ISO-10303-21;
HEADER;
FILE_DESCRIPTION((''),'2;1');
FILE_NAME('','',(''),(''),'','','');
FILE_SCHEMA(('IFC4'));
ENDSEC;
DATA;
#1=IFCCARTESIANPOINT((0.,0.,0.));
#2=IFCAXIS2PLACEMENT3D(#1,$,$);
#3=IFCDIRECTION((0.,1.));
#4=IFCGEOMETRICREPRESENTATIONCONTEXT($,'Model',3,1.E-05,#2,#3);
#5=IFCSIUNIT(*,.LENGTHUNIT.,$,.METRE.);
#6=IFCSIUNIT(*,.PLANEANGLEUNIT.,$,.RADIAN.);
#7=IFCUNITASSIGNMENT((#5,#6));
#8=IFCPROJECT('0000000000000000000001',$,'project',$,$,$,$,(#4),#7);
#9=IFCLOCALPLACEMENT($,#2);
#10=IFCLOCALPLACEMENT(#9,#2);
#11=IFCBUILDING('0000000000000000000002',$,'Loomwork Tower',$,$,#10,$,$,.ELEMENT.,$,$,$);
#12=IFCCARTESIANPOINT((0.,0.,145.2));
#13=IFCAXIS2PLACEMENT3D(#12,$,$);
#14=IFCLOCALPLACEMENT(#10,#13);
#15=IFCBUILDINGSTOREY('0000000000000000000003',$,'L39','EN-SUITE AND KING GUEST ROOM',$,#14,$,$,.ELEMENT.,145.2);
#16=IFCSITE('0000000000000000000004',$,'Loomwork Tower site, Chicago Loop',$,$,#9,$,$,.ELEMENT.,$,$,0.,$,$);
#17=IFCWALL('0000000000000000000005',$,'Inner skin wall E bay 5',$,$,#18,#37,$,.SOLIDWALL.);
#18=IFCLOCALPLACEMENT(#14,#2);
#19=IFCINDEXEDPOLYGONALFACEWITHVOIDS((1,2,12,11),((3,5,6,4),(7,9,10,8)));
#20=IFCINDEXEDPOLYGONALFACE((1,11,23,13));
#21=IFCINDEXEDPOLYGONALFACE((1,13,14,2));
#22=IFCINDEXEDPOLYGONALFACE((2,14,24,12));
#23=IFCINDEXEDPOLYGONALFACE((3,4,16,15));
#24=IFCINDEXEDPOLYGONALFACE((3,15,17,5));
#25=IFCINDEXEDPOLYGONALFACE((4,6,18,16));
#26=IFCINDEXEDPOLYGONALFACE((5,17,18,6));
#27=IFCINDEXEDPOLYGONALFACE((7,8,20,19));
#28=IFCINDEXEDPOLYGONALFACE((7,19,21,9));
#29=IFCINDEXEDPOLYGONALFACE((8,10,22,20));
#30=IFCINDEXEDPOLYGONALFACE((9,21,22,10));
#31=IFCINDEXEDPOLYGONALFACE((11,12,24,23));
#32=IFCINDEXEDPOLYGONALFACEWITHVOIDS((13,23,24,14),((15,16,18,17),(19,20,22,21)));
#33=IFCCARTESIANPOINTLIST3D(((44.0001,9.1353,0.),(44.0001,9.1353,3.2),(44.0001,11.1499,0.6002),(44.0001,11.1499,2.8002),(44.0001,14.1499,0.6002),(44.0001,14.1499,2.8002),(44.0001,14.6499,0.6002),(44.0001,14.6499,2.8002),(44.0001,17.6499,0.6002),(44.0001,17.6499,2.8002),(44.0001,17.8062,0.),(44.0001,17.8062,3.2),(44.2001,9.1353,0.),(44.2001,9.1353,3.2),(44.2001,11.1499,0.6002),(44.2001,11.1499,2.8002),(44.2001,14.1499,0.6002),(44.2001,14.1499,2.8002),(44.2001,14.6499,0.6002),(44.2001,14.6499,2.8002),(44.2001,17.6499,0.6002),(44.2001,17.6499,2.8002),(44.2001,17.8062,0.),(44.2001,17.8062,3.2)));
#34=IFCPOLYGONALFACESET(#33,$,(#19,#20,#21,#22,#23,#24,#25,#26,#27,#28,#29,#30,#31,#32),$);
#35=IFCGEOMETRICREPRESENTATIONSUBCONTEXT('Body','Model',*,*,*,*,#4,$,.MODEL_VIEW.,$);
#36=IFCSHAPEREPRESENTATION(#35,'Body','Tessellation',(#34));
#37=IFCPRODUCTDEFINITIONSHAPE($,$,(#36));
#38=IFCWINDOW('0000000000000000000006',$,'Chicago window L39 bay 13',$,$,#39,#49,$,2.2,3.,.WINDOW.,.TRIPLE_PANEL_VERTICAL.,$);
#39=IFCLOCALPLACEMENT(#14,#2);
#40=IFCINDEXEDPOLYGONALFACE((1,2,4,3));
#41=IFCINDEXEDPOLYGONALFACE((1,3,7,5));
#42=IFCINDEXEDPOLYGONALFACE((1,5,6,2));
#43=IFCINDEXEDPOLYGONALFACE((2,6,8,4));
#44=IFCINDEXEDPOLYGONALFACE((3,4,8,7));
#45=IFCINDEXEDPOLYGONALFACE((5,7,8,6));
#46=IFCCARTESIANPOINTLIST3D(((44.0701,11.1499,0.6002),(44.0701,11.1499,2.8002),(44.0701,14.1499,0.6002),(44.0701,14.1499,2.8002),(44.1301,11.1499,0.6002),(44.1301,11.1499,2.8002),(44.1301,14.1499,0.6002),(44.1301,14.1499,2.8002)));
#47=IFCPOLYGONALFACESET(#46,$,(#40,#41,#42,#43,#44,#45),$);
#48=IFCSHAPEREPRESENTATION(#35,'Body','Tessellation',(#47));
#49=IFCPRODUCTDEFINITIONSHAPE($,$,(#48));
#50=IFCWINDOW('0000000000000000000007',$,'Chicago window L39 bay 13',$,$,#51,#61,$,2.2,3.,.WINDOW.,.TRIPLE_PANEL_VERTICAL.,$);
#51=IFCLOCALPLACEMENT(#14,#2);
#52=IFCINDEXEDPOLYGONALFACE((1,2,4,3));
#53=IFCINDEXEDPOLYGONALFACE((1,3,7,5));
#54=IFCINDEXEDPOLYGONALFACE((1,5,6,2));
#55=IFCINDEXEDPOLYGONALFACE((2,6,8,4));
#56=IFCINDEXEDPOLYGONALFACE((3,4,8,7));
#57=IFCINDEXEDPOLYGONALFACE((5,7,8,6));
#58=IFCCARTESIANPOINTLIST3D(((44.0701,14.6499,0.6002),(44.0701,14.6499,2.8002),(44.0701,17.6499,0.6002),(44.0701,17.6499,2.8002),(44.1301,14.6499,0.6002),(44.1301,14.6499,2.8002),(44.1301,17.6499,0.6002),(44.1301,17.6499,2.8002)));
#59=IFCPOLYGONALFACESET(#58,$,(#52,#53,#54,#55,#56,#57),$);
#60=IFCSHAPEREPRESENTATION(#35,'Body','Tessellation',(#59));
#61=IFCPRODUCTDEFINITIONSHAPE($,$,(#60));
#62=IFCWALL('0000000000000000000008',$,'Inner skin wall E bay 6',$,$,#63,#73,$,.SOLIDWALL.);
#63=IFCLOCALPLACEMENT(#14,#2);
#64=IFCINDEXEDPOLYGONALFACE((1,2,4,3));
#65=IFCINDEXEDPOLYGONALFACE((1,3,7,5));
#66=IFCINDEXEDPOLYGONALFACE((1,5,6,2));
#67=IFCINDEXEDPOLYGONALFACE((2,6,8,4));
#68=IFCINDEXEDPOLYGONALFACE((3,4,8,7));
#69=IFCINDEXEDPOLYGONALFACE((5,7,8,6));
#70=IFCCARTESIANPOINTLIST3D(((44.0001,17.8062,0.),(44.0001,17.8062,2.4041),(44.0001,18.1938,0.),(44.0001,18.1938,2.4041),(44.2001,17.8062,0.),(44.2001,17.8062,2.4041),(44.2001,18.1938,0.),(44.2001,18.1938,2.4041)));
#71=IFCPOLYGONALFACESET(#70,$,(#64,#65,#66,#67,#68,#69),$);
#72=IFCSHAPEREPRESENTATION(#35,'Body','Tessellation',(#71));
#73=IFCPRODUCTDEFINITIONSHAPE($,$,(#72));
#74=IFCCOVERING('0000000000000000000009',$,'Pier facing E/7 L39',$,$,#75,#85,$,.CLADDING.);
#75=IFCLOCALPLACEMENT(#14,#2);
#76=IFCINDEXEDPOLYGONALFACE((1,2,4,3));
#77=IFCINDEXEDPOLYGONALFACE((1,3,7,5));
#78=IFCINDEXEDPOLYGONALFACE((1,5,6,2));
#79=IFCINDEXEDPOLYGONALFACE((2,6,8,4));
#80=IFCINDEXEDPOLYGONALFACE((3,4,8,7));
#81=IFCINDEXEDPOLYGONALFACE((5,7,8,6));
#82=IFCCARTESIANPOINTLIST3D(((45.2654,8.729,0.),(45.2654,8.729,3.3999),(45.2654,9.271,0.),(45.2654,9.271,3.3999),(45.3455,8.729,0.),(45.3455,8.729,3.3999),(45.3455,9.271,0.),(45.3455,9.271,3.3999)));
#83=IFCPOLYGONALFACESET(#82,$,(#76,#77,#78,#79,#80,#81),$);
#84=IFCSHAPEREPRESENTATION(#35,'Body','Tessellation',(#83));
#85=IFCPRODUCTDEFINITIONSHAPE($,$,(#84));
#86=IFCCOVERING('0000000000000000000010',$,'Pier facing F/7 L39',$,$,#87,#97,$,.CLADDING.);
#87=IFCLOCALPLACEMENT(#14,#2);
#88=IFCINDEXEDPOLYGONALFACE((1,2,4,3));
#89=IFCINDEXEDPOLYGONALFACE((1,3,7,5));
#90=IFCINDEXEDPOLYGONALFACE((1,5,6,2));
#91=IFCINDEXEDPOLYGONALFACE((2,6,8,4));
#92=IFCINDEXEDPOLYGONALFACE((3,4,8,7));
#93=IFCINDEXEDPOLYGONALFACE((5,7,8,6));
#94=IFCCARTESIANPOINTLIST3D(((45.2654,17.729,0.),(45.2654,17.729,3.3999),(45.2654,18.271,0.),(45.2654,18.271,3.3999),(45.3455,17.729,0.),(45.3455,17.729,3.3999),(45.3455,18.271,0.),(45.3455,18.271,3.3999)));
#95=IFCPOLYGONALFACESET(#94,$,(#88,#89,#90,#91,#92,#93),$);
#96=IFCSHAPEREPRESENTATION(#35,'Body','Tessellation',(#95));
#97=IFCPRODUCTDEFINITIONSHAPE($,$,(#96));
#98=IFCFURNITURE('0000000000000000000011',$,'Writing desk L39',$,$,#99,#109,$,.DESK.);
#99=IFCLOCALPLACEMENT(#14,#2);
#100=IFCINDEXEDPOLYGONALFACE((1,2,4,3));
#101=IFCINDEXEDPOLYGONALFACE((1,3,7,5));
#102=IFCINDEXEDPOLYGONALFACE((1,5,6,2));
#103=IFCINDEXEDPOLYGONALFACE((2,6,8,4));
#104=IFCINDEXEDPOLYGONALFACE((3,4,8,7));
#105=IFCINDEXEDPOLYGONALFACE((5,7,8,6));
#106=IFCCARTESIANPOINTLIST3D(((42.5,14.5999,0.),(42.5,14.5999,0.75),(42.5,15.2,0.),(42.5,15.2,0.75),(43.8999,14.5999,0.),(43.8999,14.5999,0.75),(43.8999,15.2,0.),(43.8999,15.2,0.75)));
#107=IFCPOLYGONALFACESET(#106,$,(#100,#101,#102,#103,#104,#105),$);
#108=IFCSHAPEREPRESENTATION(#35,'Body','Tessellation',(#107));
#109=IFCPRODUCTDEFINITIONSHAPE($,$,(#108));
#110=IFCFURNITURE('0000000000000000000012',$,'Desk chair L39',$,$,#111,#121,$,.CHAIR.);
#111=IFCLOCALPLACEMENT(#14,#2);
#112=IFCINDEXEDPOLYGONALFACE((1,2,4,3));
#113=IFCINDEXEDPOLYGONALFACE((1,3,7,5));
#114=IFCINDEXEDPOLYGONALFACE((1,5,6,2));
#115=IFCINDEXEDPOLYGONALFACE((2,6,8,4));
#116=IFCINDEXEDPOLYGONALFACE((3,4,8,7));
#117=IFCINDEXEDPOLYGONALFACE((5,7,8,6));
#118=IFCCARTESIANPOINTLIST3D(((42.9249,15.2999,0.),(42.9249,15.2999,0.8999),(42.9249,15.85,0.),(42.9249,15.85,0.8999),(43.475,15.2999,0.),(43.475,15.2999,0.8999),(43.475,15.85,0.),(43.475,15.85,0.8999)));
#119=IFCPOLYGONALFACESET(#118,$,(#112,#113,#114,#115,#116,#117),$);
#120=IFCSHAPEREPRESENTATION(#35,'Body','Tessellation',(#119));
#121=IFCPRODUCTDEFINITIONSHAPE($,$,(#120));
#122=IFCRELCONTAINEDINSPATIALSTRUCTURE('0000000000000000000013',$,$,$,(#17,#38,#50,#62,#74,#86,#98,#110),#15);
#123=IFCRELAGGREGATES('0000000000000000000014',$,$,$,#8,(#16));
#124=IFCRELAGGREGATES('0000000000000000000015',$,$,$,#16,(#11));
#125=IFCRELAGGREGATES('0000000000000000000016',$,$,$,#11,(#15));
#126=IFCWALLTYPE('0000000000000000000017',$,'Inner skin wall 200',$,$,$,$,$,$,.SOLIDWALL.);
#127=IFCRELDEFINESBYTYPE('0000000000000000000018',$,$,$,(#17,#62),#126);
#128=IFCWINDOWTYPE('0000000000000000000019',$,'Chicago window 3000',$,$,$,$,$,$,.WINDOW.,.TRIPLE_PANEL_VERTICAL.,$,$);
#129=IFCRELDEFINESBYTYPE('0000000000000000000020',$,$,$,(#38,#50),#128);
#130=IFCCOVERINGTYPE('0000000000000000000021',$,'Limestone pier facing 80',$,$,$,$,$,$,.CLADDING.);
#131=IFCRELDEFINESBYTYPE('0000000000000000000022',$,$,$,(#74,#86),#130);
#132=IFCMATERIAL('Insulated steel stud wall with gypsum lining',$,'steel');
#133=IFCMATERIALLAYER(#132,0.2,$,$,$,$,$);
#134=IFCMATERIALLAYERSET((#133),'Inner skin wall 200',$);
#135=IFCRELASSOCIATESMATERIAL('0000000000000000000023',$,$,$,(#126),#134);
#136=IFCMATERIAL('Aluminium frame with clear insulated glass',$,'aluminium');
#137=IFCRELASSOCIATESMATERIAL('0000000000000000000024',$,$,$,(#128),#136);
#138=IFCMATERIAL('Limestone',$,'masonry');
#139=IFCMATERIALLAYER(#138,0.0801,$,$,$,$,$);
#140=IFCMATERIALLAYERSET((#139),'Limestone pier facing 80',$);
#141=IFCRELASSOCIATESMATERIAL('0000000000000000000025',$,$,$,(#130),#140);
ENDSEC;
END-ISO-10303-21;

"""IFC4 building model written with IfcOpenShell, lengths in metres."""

from ifc_helpers import new_model, si_unit, direction, frame, frame_2d, origin, origin_2d, place, context, subcontext, project, spatial, rectangle, extrude, material, layer, layer_set, type_object, element, fill, save


model = new_model("IFC4")

# Units and contexts
model_context = context("Model", 3, precision=1e-05, world=origin(), true_north=direction((0.0, 1.0)))
body_context = subcontext(model_context, "Body", "Model", "MODEL_VIEW")
ifc_project = project(units=[si_unit("LENGTHUNIT", "METRE"), si_unit("PLANEANGLEUNIT", "RADIAN")], contexts=[model_context])

# Site, building, storey
site_placement = place(None, origin())
site = spatial("IfcSite", under=ifc_project, at=site_placement, Name="Loomwork Tower site, Chicago Loop", CompositionType="ELEMENT", RefElevation=0.0)
building_placement = place(site_placement, origin())
building = spatial("IfcBuilding", under=site, at=building_placement, Name="Loomwork Tower", CompositionType="ELEMENT")
storey_placement = place(building_placement, frame((0.0, 0.0, 145.2)))
storey = spatial("IfcBuildingStorey", under=building, at=storey_placement, Name="L39", Description="EN-SUITE AND KING GUEST ROOM", CompositionType="ELEMENT", Elevation=145.2)

# Shared definitions
ifc_material_1 = material(Name="Insulated steel stud wall with gypsum lining", Category="steel")
ifc_layer_1 = layer(ifc_material_1, 0.2)
ifc_layer_set_1 = layer_set([ifc_layer_1], Name="Inner skin wall 200")
wall_type = type_object("IfcWallType", Name="Inner skin wall 200", PredefinedType="SOLIDWALL", material=ifc_layer_set_1)

# Wall, openings, windows
wall_1_placement = place(storey_placement, frame((44.1001, 9.1353, 0.0), z_axis=(0.0, 0.0, 1.0), x_axis=(0.0, 1.0, 0.0)))
wall_1 = element("IfcWall", 1, at=wall_1_placement, inside=storey, type_object=wall_type, Name="Inner skin wall E bay 5", PredefinedType="SOLIDWALL", context=body_context, shape_type="SweptSolid", body=[
    extrude(rectangle(XDim=8.6709, YDim=0.2, at=frame_2d((4.3354, 0.0))), origin(), (0.0, 0.0, 1.0), 3.2),
])
opening_1_placement = place(wall_1_placement, frame((2.0146, 0.0, 0.6001)))
opening_1 = element("IfcOpeningElement", 2, at=opening_1_placement, cuts=wall_1, PredefinedType="OPENING", context=body_context, shape_type="SweptSolid", body=[
    extrude(rectangle(XDim=3.0, YDim=2.2, at=frame_2d((1.5, 1.1001))), frame((0.0, 0.1099, 0.0), z_axis=(0.0, -1.0, 0.0), x_axis=(1.0, 0.0, 0.0)), (0.0, 0.0, 1.0), 0.22),
])
opening_2_placement = place(wall_1_placement, frame((5.5146, 0.0, 0.6001)))
opening_2 = element("IfcOpeningElement", 3, at=opening_2_placement, cuts=wall_1, PredefinedType="OPENING", context=body_context, shape_type="SweptSolid", body=[
    extrude(rectangle(XDim=3.0, YDim=2.2, at=frame_2d((1.5, 1.1001))), frame((0.0, 0.1099, 0.0), z_axis=(0.0, -1.0, 0.0), x_axis=(1.0, 0.0, 0.0)), (0.0, 0.0, 1.0), 0.22),
])
ifc_material_2 = material(Name="Aluminium frame with clear insulated glass", Category="aluminium")
window_type = type_object("IfcWindowType", Name="Chicago window 3000", PartitioningType="TRIPLE_PANEL_VERTICAL", PredefinedType="WINDOW", material=ifc_material_2)
window_1_placement = place(opening_1_placement, origin())
window_1 = element("IfcWindow", 4, at=window_1_placement, inside=storey, type_object=window_type, Name="Chicago window L39 bay 13", OverallHeight=2.2, OverallWidth=3.0, PartitioningType="TRIPLE_PANEL_VERTICAL", PredefinedType="WINDOW", context=body_context, shape_type="SweptSolid", body=[
    extrude(rectangle(XDim=3.0, YDim=2.2, at=frame_2d((1.5, 1.1001))), frame((0.0, 0.03, 0.0), z_axis=(0.0, -1.0, 0.0), x_axis=(1.0, 0.0, 0.0)), (0.0, 0.0, 1.0), 0.0601),
])
fill(opening_1, window_1)
window_2_placement = place(opening_2_placement, origin())
window_2 = element("IfcWindow", 5, at=window_2_placement, inside=storey, type_object=window_type, Name="Chicago window L39 bay 13", OverallHeight=2.2, OverallWidth=3.0, PartitioningType="TRIPLE_PANEL_VERTICAL", PredefinedType="WINDOW", context=body_context, shape_type="SweptSolid", body=[
    extrude(rectangle(XDim=3.0, YDim=2.2, at=frame_2d((1.5, 1.1001))), frame((0.0, 0.03, 0.0), z_axis=(0.0, -1.0, 0.0), x_axis=(1.0, 0.0, 0.0)), (0.0, 0.0, 1.0), 0.0601),
])
fill(opening_2, window_2)

# Wall
wall_2_placement = place(storey_placement, frame((44.1001, 17.8062, 0.0), z_axis=(0.0, 0.0, 1.0), x_axis=(0.0, 1.0, 0.0)))
element("IfcWall", 6, at=wall_2_placement, inside=storey, type_object=wall_type, Name="Inner skin wall E bay 6", PredefinedType="SOLIDWALL", context=body_context, shape_type="SweptSolid", body=[
    extrude(rectangle(XDim=0.3877, YDim=0.2, at=frame_2d((0.1938, 0.0))), origin(), (0.0, 0.0, 1.0), 2.4041),
])

# Coverings
ifc_material_3 = material(Name="Limestone", Category="masonry")
ifc_layer_2 = layer(ifc_material_3, 0.0801)
ifc_layer_set_2 = layer_set([ifc_layer_2], Name="Limestone pier facing 80")
covering_type = type_object("IfcCoveringType", Name="Limestone pier facing 80", PredefinedType="CLADDING", material=ifc_layer_set_2)
for number, where, z_axis, x_axis, name in (
    (7, (45.3054, 9.0, 0.0), (0.0, 0.0, 1.0), (1.0, 0.0, 0.0), "Pier facing E/7 L39"),
    (8, (45.3054, 18.0, 0.0), (0.0, 0.0, 1.0), (1.0, 0.0, 0.0), "Pier facing F/7 L39"),
):
    element("IfcCovering", number, at=place(storey_placement, frame(where, z_axis=z_axis, x_axis=x_axis)), inside=storey, type_object=covering_type, Name=name, PredefinedType="CLADDING", context=body_context, shape_type="SweptSolid", body=[
        extrude(rectangle(XDim=0.0801, YDim=0.542, at=origin_2d()), origin(), (0.0, 0.0, 1.0), 3.3999),
    ])

# Furniture
furniture_1_placement = place(storey_placement, frame((43.2, 14.8999, 0.0), z_axis=(0.0, 0.0, 1.0), x_axis=(1.0, 0.0, 0.0)))
element("IfcFurniture", 9, at=furniture_1_placement, inside=storey, Name="Writing desk L39", PredefinedType="DESK", context=body_context, shape_type="SweptSolid", body=[
    extrude(rectangle(XDim=1.3999, YDim=0.6001, at=origin_2d()), origin(), (0.0, 0.0, 1.0), 0.75),
])
furniture_2_placement = place(storey_placement, frame((43.2, 15.575, 0.0), z_axis=(0.0, 0.0, 1.0), x_axis=(1.0, 0.0, 0.0)))
element("IfcFurniture", 10, at=furniture_2_placement, inside=storey, Name="Desk chair L39", PredefinedType="CHAIR", context=body_context, shape_type="SweptSolid", body=[
    extrude(rectangle(XDim=0.55, YDim=0.55, at=origin_2d()), origin(), (0.0, 0.0, 1.0), 0.8999),
])

save(model, "model.ifc")
